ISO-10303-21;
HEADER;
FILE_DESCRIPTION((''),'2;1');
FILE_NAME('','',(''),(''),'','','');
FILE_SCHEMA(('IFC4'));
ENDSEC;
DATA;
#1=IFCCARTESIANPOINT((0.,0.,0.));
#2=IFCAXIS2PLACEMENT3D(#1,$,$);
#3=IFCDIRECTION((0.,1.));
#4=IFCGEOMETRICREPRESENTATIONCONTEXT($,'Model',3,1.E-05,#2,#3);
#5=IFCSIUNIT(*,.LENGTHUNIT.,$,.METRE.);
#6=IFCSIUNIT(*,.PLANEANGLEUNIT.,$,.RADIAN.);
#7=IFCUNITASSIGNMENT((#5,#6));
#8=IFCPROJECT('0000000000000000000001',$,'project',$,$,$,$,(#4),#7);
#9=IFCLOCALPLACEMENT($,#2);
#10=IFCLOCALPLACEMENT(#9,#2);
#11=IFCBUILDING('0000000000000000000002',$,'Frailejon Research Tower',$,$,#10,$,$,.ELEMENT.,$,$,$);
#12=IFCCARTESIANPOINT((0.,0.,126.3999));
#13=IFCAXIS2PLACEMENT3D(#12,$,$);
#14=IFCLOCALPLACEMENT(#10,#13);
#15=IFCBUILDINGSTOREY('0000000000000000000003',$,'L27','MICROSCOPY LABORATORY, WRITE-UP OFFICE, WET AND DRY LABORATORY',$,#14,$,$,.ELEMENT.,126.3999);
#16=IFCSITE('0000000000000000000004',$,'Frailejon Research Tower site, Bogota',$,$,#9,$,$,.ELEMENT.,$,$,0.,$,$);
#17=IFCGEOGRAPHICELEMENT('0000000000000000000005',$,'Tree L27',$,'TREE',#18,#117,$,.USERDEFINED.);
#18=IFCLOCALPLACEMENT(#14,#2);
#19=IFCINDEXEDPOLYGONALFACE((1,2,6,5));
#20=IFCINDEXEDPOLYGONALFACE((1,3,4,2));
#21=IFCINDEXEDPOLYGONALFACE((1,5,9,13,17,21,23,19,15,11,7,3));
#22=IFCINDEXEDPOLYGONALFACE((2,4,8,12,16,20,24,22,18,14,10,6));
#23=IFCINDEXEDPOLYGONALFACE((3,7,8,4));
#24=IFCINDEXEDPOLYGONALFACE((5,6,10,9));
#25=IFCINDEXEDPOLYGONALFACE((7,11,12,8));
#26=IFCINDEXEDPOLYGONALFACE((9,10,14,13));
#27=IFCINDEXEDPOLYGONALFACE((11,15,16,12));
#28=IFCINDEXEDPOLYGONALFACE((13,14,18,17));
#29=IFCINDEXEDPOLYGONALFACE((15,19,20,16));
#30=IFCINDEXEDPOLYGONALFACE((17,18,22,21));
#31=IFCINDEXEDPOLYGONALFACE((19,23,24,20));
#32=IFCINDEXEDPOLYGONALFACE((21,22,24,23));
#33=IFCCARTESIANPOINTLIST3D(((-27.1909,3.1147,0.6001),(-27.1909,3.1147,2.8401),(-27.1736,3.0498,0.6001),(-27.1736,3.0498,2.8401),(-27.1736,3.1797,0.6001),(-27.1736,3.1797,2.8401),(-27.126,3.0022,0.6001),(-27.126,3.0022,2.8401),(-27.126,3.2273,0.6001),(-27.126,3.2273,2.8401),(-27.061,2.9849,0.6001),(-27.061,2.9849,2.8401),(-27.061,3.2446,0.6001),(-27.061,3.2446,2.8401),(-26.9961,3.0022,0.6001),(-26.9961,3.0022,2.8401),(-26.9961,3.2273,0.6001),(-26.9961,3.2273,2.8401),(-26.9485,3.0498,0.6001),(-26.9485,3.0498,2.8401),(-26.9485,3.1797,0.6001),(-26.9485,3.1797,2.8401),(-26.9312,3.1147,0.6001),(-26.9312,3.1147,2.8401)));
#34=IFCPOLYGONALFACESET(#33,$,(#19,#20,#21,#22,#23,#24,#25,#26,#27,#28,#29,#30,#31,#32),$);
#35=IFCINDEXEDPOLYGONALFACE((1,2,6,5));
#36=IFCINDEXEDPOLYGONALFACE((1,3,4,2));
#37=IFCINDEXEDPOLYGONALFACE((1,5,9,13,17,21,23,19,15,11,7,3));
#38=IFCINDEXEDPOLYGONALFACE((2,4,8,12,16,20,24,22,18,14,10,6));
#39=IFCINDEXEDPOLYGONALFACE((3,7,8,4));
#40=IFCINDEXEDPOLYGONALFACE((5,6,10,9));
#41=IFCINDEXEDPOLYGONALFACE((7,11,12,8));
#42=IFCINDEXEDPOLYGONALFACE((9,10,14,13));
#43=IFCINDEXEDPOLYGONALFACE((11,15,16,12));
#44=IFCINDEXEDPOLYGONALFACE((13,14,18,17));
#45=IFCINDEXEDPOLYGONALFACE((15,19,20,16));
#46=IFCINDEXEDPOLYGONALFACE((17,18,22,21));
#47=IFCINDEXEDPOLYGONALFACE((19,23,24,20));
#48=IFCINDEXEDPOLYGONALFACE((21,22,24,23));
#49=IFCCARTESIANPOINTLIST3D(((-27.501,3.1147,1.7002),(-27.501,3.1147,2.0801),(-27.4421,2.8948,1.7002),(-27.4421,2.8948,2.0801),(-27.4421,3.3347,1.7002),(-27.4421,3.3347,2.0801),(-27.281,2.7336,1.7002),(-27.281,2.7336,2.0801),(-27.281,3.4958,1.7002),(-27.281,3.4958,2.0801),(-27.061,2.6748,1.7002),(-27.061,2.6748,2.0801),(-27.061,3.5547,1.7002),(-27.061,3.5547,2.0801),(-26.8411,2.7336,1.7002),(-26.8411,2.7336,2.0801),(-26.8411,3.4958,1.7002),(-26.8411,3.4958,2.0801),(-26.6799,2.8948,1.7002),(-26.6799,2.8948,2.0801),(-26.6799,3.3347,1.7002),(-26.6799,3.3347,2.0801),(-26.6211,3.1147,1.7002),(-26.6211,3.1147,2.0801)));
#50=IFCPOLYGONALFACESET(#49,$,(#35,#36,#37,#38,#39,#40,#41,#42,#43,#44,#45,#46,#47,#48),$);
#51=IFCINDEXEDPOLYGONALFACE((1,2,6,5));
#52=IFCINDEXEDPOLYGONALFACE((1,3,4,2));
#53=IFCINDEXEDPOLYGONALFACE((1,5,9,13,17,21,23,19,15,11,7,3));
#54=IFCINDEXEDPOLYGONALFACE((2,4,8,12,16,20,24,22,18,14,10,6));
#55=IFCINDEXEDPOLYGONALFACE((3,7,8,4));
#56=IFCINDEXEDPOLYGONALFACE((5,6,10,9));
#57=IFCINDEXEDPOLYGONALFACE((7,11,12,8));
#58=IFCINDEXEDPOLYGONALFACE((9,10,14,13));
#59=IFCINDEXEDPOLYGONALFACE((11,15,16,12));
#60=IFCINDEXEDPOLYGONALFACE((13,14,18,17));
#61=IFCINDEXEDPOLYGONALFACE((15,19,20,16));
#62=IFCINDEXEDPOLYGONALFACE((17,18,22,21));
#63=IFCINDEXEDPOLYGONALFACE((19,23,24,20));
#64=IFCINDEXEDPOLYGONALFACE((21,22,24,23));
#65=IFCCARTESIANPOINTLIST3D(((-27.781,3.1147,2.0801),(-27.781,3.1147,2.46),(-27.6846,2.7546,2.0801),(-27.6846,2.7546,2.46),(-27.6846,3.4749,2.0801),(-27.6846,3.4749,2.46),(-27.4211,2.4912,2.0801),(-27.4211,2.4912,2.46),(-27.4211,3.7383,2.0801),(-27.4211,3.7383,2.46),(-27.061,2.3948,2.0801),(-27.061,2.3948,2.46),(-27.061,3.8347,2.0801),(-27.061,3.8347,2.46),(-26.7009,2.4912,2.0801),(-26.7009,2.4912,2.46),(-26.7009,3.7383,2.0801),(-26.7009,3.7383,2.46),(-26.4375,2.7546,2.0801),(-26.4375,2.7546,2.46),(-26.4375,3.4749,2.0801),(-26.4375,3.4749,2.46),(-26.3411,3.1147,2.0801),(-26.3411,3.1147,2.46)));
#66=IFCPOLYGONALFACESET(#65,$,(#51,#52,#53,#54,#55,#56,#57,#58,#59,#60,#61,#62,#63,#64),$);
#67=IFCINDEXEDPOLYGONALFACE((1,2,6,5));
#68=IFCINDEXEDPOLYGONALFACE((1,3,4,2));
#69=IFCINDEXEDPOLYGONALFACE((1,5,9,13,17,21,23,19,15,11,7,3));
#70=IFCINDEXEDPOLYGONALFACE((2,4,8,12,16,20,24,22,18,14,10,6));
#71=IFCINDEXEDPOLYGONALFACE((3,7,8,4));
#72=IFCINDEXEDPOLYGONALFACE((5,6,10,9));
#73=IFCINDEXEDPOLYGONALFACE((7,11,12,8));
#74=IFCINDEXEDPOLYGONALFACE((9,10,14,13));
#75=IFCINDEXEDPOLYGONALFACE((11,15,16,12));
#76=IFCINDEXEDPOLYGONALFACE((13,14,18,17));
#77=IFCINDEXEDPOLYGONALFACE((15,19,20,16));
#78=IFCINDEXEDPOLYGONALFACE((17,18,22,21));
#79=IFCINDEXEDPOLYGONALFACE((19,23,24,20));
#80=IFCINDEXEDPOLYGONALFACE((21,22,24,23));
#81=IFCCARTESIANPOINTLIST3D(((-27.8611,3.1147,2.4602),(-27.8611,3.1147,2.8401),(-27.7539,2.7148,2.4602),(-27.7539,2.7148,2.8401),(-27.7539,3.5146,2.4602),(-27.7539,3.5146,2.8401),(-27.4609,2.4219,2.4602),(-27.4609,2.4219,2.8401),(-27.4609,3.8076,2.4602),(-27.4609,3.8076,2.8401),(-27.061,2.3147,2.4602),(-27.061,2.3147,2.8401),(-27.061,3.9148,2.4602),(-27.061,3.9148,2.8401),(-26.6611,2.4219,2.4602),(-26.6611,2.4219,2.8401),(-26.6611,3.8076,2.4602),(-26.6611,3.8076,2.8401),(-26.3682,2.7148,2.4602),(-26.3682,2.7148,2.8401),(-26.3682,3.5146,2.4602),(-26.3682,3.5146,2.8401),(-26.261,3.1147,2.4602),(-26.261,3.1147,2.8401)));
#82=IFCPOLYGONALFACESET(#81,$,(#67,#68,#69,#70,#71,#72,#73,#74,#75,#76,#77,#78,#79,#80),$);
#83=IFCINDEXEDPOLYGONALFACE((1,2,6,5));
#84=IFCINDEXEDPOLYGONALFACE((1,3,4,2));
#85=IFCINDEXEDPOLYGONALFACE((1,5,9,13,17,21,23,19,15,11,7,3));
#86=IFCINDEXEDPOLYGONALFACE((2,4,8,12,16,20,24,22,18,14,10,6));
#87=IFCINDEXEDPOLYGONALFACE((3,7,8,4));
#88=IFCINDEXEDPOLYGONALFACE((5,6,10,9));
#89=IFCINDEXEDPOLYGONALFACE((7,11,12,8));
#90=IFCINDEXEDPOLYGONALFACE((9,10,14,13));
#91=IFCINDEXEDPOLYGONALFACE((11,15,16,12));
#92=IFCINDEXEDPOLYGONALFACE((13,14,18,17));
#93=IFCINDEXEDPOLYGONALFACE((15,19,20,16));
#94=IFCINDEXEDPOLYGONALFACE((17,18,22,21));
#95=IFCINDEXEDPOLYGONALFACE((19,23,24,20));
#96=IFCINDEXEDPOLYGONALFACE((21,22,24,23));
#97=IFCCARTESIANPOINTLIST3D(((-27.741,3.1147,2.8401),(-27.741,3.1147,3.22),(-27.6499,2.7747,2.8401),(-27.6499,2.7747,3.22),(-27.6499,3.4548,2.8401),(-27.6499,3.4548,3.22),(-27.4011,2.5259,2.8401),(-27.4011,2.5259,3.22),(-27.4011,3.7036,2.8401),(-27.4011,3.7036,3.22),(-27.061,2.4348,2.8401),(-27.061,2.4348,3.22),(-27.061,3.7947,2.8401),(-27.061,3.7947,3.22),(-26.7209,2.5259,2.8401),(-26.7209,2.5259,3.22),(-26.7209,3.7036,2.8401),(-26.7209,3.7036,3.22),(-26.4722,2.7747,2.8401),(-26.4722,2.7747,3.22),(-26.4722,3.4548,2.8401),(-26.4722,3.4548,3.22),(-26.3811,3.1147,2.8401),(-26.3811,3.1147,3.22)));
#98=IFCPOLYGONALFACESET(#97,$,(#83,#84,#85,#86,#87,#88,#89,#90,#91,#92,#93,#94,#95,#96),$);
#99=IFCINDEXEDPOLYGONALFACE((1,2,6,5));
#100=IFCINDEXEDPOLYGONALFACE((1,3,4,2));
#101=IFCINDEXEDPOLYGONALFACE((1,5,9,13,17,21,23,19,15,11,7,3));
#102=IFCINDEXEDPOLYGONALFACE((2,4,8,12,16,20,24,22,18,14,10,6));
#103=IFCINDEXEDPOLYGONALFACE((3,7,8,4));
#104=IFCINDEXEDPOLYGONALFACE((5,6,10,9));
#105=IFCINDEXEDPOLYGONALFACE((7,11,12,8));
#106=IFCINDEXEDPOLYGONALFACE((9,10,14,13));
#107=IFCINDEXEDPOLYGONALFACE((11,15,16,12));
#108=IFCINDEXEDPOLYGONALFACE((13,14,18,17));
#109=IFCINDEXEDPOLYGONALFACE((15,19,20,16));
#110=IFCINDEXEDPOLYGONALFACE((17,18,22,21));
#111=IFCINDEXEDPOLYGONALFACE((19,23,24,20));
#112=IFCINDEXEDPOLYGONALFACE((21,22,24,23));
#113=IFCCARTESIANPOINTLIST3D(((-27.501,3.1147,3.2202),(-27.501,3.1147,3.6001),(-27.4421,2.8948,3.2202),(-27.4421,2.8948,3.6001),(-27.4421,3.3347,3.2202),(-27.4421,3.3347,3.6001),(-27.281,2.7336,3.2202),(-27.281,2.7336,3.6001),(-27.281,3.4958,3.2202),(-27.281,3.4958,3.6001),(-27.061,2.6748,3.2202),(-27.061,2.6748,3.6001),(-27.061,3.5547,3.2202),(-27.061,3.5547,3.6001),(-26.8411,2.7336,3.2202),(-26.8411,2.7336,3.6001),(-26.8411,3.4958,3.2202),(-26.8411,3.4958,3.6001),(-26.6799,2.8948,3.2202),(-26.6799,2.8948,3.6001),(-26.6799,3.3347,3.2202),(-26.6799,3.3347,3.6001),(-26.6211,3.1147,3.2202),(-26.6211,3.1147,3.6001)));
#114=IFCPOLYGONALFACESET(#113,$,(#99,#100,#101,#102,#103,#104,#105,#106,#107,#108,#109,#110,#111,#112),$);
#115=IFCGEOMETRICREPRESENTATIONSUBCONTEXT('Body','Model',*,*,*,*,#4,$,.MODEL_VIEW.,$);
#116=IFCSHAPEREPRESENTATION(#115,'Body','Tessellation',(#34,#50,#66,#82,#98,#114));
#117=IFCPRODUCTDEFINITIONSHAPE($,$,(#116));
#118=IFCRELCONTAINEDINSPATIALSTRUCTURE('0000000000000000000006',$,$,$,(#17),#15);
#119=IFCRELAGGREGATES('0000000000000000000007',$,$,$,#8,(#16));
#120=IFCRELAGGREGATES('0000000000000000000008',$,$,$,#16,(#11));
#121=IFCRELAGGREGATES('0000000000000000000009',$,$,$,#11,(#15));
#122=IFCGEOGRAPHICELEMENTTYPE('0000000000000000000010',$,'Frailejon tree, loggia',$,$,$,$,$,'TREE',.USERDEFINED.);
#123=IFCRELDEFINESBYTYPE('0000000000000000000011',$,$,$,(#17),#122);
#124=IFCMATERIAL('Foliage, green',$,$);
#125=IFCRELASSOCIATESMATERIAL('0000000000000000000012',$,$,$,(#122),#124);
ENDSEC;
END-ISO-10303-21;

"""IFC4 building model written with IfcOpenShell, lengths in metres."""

from ifc_helpers import new_model, si_unit, direction, frame, origin, place, context, subcontext, project, spatial, polyline, outline, extrude, material, type_object, element, save


model = new_model("IFC4")

# Units and contexts
model_context = context("Model", 3, precision=1e-05, world=origin(), true_north=direction((0.0, 1.0)))
body_context = subcontext(model_context, "Body", "Model", "MODEL_VIEW")
ifc_project = project(units=[si_unit("LENGTHUNIT", "METRE"), si_unit("PLANEANGLEUNIT", "RADIAN")], contexts=[model_context])

# Site, building, storey
site_placement = place(None, origin())
site = spatial("IfcSite", under=ifc_project, at=site_placement, Name="Frailejon Research Tower site, Bogota", CompositionType="ELEMENT", RefElevation=0.0)
building_placement = place(site_placement, origin())
building = spatial("IfcBuilding", under=site, at=building_placement, Name="Frailejon Research Tower", CompositionType="ELEMENT")
storey_placement = place(building_placement, frame((0.0, 0.0, 126.3999)))
storey = spatial("IfcBuildingStorey", under=building, at=storey_placement, Name="L27", Description="MICROSCOPY LABORATORY, WRITE-UP OFFICE, WET AND DRY LABORATORY", CompositionType="ELEMENT", Elevation=126.3999)

# Geographic element
ifc_material_1 = material(Name="Foliage, green")
geographic_element_type = type_object("IfcGeographicElementType", Name="Frailejon tree, loggia", ElementType="TREE", PredefinedType="USERDEFINED", material=ifc_material_1)
geographic_element_placement = place(storey_placement, frame((-27.061, 3.1147, 0.6001)))
element("IfcGeographicElement", 1, at=geographic_element_placement, inside=storey, type_object=geographic_element_type, Name="Tree L27", ObjectType="TREE", PredefinedType="USERDEFINED", context=body_context, shape_type="SweptSolid", body=[
    extrude(outline(polyline([(0.1299, 0.0), (0.1125, 0.0649), (0.0649, 0.1125), (0.0, 0.1299), (-0.0649, 0.1125), (-0.1125, 0.0649), (-0.1299, 0.0), (-0.1125, -0.0649), (-0.0649, -0.1125), (0.0, -0.1299), (0.0649, -0.1125), (0.1125, -0.0649), (0.1299, 0.0)])), origin(), (0.0, 0.0, 1.0), 2.24),
    extrude(outline(polyline([(0.4399, 0.0), (0.3811, 0.22), (0.22, 0.3811), (0.0, 0.4399), (-0.22, 0.3811), (-0.3811, 0.22), (-0.4399, 0.0), (-0.3811, -0.22), (-0.22, -0.3811), (0.0, -0.4399), (0.22, -0.3811), (0.3811, -0.22), (0.4399, 0.0)])), frame((0.0, 0.0, 1.1001)), (0.0, 0.0, 1.0), 0.3799),
    extrude(outline(polyline([(0.72, 0.0), (0.6235, 0.3601), (0.3601, 0.6235), (0.0, 0.72), (-0.3601, 0.6235), (-0.6235, 0.3601), (-0.72, 0.0), (-0.6235, -0.3601), (-0.3601, -0.6235), (0.0, -0.72), (0.3601, -0.6235), (0.6235, -0.3601), (0.72, 0.0)])), frame((0.0, 0.0, 1.48)), (0.0, 0.0, 1.0), 0.3799),
    extrude(outline(polyline([(0.8, 0.0), (0.6929, 0.3999), (0.3999, 0.6929), (0.0, 0.8), (-0.3999, 0.6929), (-0.6929, 0.3999), (-0.8, 0.0), (-0.6929, -0.3999), (-0.3999, -0.6929), (0.0, -0.8), (0.3999, -0.6929), (0.6929, -0.3999), (0.8, 0.0)])), frame((0.0, 0.0, 1.8601)), (0.0, 0.0, 1.0), 0.3799),
    extrude(outline(polyline([(0.6799, 0.0), (0.5889, 0.3401), (0.3401, 0.5889), (0.0, 0.6799), (-0.3401, 0.5889), (-0.5889, 0.3401), (-0.6799, 0.0), (-0.5889, -0.3401), (-0.3401, -0.5889), (0.0, -0.6799), (0.3401, -0.5889), (0.5889, -0.3401), (0.6799, 0.0)])), frame((0.0, 0.0, 2.24)), (0.0, 0.0, 1.0), 0.3799),
    extrude(outline(polyline([(0.4399, 0.0), (0.3811, 0.22), (0.22, 0.3811), (0.0, 0.4399), (-0.22, 0.3811), (-0.3811, 0.22), (-0.4399, 0.0), (-0.3811, -0.22), (-0.22, -0.3811), (0.0, -0.4399), (0.22, -0.3811), (0.3811, -0.22), (0.4399, 0.0)])), frame((0.0, 0.0, 2.6201)), (0.0, 0.0, 1.0), 0.3799),
])

save(model, "model.ifc")
